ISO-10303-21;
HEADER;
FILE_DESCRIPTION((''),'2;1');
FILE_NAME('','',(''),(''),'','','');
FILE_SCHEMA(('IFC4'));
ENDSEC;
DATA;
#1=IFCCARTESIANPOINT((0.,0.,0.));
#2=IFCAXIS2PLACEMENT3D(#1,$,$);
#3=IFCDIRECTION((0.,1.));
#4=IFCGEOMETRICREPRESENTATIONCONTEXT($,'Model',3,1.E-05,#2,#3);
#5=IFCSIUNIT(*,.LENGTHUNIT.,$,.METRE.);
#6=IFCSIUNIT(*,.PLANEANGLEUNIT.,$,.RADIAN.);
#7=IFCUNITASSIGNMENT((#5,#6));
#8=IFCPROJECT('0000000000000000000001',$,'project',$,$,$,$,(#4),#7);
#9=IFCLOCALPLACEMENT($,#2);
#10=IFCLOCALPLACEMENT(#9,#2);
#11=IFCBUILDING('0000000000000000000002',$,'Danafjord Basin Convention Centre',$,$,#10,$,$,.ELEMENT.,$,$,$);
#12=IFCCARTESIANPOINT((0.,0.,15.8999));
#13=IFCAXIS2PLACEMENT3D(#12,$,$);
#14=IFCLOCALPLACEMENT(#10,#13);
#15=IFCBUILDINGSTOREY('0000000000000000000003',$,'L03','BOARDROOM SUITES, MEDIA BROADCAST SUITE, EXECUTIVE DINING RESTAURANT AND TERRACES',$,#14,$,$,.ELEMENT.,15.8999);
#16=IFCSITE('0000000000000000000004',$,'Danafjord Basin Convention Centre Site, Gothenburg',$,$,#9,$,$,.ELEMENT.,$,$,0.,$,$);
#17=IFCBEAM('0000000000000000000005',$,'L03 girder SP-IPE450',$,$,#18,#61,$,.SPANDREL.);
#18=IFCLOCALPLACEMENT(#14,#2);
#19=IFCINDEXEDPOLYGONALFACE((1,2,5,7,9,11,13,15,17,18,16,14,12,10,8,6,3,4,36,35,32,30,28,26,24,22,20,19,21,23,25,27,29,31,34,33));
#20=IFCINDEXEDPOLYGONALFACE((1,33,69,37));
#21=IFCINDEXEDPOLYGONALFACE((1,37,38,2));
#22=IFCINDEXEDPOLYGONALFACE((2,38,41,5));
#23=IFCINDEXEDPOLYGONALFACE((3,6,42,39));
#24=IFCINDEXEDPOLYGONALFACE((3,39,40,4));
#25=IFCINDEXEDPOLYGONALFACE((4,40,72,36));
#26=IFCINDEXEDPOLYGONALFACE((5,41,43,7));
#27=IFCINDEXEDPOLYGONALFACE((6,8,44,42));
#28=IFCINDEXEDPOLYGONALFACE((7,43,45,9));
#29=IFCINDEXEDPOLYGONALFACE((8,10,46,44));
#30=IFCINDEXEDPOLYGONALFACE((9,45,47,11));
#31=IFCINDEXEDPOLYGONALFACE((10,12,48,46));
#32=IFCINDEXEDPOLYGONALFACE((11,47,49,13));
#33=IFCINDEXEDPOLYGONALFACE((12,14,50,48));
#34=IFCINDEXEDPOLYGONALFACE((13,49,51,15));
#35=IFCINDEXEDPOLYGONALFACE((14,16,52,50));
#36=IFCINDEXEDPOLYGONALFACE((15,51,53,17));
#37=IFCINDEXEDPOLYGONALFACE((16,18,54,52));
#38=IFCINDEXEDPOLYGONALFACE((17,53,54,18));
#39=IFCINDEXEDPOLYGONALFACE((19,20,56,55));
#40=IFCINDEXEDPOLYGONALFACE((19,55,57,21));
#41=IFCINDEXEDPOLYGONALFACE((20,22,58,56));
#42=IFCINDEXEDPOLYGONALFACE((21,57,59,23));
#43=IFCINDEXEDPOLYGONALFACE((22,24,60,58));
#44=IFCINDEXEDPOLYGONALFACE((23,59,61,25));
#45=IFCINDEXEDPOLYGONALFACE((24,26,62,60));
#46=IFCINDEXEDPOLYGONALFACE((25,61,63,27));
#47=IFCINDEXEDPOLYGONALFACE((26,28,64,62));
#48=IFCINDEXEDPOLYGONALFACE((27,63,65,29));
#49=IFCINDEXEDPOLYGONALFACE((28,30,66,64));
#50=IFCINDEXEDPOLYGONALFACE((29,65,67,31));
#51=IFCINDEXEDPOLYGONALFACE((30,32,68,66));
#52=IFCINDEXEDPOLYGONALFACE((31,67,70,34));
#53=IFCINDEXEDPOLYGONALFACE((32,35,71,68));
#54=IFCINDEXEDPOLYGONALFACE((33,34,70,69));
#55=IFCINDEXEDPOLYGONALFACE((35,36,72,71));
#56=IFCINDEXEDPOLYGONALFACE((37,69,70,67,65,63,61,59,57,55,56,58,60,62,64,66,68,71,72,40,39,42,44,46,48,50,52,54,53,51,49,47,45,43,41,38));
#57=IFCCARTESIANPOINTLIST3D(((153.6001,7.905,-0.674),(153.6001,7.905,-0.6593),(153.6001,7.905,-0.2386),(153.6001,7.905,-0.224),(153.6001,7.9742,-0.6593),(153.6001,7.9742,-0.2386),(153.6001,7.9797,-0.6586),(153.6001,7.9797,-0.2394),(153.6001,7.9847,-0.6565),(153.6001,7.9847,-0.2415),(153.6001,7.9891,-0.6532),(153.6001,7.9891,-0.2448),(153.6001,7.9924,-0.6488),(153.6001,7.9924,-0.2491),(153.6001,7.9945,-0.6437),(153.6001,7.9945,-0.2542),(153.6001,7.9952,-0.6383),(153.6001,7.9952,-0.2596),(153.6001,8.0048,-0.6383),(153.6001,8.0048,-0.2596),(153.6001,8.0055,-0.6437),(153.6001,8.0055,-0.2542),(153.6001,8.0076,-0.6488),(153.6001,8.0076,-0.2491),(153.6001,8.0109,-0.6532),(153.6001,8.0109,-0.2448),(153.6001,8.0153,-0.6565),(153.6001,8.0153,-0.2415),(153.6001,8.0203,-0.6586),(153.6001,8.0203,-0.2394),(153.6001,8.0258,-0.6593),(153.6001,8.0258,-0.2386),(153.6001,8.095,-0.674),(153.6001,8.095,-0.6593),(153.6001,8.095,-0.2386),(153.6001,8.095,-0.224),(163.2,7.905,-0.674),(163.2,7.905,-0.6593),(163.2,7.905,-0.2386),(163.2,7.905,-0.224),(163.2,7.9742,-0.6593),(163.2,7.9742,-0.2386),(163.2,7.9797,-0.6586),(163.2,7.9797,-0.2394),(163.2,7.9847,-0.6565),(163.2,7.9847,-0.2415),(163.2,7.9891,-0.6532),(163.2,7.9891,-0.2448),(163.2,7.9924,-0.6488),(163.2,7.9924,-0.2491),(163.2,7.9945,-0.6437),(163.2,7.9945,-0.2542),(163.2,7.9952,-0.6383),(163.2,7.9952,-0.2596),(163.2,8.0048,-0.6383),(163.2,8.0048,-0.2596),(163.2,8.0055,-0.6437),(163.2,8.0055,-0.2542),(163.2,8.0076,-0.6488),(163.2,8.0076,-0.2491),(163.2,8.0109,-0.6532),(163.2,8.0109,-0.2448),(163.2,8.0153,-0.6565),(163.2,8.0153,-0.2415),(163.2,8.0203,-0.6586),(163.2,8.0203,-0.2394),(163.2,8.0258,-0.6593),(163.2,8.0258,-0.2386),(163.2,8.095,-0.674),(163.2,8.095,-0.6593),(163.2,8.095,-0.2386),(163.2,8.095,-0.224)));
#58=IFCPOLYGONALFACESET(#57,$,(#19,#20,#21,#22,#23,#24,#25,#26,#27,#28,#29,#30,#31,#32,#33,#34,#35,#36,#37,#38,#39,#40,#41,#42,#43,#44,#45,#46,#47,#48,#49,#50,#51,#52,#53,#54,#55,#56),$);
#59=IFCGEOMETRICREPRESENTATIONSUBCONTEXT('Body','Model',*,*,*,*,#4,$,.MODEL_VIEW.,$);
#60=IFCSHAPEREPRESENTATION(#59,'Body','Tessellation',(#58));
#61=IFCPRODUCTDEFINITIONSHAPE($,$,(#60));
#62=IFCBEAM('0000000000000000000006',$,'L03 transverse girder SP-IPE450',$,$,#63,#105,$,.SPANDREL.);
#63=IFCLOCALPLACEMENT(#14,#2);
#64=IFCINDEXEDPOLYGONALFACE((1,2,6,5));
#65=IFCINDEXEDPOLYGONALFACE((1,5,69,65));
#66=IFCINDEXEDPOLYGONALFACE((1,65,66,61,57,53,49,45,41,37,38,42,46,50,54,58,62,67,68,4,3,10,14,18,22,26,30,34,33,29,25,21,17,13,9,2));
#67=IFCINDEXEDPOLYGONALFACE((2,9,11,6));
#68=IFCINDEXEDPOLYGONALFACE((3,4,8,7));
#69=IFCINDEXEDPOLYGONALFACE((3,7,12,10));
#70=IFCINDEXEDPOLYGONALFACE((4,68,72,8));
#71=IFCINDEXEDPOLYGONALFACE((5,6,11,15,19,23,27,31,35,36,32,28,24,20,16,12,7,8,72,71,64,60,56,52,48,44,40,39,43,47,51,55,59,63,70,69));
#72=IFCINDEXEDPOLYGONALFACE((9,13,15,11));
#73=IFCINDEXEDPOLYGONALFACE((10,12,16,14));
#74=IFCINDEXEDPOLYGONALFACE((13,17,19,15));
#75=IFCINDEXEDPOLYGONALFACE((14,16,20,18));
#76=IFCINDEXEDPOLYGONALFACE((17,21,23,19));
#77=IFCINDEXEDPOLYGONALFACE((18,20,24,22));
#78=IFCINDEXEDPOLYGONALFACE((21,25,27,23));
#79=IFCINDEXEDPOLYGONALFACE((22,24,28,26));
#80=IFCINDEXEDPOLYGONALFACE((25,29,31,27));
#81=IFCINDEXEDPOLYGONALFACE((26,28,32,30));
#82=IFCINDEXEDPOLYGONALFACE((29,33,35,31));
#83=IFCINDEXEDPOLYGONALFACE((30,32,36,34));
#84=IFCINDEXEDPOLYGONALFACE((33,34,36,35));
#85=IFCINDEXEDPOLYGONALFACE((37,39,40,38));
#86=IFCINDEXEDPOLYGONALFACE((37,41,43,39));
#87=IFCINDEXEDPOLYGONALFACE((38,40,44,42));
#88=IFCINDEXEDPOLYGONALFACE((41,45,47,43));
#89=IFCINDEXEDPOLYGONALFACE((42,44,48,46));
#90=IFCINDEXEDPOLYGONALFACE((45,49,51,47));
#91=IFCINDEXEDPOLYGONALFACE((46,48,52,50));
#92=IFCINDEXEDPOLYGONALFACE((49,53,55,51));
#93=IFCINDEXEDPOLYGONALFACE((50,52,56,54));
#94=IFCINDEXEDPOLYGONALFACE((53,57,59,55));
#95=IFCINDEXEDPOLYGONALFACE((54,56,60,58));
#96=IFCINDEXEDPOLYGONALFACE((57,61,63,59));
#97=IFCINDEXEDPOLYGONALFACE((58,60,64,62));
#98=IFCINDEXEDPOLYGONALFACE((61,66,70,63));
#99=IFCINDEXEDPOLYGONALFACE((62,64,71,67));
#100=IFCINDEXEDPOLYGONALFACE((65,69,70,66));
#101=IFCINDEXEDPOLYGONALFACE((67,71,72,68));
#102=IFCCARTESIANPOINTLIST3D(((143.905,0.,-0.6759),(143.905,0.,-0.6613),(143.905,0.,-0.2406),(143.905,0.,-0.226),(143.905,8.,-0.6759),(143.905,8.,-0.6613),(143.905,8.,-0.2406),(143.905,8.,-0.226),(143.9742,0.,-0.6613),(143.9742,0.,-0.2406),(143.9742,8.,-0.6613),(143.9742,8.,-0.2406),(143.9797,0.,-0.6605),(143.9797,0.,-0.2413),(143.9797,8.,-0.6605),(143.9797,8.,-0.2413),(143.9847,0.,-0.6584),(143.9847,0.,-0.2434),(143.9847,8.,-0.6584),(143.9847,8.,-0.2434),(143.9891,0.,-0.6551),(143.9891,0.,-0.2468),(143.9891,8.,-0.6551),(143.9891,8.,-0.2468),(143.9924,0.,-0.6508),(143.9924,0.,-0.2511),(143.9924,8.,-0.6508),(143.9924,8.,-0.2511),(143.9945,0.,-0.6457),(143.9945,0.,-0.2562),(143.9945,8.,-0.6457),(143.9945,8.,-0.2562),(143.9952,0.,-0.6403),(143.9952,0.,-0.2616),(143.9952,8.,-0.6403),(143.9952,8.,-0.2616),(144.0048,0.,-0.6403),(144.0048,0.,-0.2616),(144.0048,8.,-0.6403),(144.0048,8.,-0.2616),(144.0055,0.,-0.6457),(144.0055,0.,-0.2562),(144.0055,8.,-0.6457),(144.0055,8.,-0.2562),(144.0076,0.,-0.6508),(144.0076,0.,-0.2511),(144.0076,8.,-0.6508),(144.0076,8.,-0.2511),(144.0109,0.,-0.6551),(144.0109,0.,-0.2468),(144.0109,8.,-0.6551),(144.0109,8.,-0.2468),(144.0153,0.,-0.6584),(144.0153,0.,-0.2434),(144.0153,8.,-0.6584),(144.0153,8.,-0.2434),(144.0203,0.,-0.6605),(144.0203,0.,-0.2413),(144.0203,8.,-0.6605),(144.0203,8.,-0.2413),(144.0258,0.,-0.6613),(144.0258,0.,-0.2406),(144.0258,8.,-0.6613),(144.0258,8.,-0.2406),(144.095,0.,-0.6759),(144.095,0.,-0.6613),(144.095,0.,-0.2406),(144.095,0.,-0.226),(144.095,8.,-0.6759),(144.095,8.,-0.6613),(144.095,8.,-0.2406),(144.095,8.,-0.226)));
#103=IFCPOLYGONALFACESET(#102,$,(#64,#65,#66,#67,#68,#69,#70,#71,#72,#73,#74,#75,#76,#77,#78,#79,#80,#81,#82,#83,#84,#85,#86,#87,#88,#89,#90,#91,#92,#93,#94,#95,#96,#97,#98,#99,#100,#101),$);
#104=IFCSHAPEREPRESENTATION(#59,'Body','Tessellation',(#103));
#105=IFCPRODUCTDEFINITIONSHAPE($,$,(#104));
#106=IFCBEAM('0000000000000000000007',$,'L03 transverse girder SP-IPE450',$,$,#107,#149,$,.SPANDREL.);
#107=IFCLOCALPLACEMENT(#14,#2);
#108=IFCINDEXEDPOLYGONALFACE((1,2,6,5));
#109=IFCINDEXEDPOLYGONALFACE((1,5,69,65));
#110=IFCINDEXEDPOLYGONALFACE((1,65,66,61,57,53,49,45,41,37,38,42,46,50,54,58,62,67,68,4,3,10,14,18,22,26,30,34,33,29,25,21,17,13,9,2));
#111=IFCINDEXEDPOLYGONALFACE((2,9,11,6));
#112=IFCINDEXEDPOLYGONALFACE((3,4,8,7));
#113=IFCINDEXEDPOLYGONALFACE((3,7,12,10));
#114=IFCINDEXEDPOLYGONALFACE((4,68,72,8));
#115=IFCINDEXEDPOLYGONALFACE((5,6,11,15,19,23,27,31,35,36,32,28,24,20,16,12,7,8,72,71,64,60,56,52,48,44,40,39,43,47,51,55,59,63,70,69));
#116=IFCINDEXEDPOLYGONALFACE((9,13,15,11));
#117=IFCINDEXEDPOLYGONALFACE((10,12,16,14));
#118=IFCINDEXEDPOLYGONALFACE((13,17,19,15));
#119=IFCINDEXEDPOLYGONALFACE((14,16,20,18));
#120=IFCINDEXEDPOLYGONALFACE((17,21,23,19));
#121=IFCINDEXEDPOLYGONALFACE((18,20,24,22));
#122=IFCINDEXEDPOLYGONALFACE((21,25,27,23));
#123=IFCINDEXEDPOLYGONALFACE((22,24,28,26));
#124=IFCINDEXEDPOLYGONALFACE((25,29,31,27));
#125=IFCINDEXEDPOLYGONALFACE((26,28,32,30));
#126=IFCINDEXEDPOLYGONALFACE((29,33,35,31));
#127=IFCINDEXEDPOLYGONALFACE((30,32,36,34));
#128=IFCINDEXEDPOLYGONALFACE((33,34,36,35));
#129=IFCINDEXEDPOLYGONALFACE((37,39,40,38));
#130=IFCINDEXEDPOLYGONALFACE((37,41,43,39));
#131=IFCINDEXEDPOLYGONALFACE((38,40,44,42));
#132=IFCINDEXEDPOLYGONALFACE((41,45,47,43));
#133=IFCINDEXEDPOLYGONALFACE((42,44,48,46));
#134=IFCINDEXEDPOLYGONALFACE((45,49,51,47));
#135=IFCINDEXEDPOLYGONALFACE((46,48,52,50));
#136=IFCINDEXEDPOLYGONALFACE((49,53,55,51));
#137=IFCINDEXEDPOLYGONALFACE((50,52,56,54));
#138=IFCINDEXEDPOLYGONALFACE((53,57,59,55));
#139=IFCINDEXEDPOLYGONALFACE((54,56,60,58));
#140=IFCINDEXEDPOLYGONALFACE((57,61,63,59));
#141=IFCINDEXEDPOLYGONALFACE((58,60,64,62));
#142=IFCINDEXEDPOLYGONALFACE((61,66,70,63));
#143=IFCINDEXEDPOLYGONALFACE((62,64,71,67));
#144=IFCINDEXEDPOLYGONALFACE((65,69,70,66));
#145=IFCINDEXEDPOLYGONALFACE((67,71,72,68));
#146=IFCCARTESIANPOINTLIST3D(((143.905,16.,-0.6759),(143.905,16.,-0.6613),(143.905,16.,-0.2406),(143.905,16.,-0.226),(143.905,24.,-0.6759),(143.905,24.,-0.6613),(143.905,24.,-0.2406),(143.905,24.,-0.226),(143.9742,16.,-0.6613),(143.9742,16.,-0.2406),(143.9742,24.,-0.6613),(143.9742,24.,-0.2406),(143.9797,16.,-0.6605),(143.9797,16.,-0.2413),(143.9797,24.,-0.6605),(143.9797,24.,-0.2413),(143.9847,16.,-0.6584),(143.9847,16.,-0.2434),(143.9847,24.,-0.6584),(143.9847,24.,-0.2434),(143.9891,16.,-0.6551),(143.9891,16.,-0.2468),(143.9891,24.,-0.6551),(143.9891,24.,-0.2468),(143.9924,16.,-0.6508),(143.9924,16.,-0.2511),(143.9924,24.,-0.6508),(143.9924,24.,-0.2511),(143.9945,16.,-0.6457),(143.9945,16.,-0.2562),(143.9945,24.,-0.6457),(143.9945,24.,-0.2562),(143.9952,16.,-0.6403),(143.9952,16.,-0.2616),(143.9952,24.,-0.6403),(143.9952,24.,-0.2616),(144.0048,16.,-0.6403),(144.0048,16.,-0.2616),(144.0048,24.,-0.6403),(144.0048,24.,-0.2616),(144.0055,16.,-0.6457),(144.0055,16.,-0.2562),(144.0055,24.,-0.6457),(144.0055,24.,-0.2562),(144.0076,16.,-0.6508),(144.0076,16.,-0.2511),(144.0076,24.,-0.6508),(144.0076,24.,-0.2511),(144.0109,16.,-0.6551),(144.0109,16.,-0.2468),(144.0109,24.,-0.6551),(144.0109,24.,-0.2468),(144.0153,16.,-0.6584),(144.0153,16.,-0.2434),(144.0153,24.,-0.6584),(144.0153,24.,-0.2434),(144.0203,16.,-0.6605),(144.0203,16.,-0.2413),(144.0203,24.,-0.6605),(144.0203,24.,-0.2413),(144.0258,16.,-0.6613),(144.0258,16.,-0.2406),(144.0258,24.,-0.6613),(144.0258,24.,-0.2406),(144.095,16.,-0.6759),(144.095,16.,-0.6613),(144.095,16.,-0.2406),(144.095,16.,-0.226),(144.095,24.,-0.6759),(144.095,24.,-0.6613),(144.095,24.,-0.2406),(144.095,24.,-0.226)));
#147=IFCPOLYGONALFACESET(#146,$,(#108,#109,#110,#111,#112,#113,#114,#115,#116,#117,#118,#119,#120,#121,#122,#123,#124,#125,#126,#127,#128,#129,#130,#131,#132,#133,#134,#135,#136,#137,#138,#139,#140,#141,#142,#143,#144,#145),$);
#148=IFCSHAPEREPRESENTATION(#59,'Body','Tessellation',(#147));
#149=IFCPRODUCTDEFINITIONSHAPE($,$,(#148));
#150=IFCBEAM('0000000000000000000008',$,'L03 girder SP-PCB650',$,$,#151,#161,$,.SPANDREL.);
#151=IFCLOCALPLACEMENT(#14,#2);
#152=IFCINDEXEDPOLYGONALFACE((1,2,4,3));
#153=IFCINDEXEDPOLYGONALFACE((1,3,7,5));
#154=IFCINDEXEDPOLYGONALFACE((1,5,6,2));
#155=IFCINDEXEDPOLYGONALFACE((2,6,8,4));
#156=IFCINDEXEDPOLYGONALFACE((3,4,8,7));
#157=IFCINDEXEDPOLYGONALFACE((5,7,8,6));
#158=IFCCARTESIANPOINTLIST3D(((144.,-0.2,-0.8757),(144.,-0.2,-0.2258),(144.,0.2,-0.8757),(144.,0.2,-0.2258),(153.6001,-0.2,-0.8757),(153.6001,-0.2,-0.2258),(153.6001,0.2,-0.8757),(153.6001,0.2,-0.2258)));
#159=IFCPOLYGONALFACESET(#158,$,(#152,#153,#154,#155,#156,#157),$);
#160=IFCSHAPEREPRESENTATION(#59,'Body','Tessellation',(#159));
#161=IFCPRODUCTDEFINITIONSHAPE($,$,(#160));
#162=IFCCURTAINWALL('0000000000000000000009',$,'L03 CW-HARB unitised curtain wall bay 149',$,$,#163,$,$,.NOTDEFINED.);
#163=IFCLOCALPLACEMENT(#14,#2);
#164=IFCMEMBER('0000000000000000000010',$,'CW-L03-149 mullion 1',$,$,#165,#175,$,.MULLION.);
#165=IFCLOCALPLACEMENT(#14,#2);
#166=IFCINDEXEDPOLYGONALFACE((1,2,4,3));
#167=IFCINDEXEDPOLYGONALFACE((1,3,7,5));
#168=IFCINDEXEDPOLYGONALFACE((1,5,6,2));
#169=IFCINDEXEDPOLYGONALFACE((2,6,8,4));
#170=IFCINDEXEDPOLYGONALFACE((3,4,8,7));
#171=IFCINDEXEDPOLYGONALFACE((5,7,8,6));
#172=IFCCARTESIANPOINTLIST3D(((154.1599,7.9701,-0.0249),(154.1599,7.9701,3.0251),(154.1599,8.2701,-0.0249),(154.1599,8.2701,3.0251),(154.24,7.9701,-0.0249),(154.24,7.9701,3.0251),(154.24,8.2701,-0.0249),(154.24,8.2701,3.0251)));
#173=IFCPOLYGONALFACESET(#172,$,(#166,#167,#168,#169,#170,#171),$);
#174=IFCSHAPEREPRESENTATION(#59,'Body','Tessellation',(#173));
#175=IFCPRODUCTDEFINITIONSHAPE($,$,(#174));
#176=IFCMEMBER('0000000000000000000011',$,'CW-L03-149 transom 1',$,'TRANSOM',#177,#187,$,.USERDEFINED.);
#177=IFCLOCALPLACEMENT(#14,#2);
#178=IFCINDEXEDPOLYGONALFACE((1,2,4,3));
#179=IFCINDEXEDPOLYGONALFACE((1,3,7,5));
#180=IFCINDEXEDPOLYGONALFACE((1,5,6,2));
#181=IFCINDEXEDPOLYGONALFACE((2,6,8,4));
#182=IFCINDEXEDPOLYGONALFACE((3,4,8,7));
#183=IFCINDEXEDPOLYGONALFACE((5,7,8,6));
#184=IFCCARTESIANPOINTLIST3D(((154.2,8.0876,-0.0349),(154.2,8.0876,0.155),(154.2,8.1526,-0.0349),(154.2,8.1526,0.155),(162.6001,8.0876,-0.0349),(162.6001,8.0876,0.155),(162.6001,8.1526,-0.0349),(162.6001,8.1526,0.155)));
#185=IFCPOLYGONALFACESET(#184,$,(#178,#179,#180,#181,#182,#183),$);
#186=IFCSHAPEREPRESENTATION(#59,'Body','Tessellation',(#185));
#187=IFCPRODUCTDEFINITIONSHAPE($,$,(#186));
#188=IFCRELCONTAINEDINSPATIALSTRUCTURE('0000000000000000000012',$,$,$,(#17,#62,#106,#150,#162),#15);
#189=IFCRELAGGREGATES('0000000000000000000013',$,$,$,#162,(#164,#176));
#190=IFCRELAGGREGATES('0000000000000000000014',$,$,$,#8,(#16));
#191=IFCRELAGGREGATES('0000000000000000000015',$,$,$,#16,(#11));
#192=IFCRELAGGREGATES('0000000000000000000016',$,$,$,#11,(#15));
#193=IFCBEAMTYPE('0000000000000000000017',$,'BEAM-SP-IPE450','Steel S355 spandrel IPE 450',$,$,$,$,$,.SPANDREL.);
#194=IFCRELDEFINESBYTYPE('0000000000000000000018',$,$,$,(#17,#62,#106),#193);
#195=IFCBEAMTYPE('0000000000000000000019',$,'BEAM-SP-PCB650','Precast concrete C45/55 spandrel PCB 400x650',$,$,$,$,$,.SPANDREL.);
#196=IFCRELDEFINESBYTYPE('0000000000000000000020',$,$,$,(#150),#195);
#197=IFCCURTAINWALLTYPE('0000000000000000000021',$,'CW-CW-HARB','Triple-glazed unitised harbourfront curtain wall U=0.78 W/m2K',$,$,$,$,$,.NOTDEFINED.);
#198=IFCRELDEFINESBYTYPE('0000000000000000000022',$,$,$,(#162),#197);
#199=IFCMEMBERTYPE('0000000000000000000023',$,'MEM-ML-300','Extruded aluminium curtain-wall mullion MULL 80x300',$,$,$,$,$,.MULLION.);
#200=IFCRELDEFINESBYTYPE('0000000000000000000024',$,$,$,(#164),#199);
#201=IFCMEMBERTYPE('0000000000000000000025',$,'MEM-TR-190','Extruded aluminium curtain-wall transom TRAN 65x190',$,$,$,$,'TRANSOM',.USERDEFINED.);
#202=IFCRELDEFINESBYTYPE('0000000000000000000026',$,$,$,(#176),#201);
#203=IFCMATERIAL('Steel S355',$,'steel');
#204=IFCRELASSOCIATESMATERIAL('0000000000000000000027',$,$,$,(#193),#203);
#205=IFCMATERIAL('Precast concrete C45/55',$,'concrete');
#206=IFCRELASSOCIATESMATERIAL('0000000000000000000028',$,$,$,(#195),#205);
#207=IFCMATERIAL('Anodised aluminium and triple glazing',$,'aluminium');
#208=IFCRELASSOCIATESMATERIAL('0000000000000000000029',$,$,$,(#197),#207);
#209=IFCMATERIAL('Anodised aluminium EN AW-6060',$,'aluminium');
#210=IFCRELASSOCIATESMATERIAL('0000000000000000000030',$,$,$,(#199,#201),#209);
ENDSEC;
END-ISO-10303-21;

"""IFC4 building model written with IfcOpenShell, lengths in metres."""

from ifc_helpers import new_model, si_unit, direction, frame, origin, origin_2d, place, context, subcontext, project, spatial, rectangle, i_section, extrude, material, material_profile, profile_set, type_object, element, aggregate, save


model = new_model("IFC4")

# Units and contexts
model_context = context("Model", 3, precision=1e-05, world=origin(), true_north=direction((0.0, 1.0)))
body_context = subcontext(model_context, "Body", "Model", "MODEL_VIEW")
ifc_project = project(units=[si_unit("LENGTHUNIT", "METRE"), si_unit("PLANEANGLEUNIT", "RADIAN")], contexts=[model_context])

# Site, building, storey
site_placement = place(None, origin())
site = spatial("IfcSite", under=ifc_project, at=site_placement, Name="Danafjord Basin Convention Centre Site, Gothenburg", CompositionType="ELEMENT", RefElevation=0.0)
building_placement = place(site_placement, origin())
building = spatial("IfcBuilding", under=site, at=building_placement, Name="Danafjord Basin Convention Centre", CompositionType="ELEMENT")
storey_placement = place(building_placement, frame((0.0, 0.0, 15.8999)))
storey = spatial("IfcBuildingStorey", under=building, at=storey_placement, Name="L03", Description="BOARDROOM SUITES, MEDIA BROADCAST SUITE, EXECUTIVE DINING RESTAURANT AND TERRACES", CompositionType="ELEMENT", Elevation=15.8999)

# Shared definitions
ifc_material_1 = material(Name="Steel S355", Category="steel")

# Beams
ifc_material_profile_1 = material_profile(ifc_material_1, i_section(OverallWidth=0.1899, OverallDepth=0.45, WebThickness=0.0095, FlangeThickness=0.0146, FilletRadius=0.021, at=origin_2d()), Name="IPE 450")
ifc_profile_set_1 = profile_set([ifc_material_profile_1], Name="Steel S355")
beam_type_1 = type_object("IfcBeamType", Name="BEAM-SP-IPE450", Description="Steel S355 spandrel IPE 450", PredefinedType="SPANDREL", material=ifc_profile_set_1)
beam_1_placement = place(storey_placement, frame((153.6001, 8.0, -0.449), z_axis=(1.0, 0.0, 0.0), x_axis=(0.0, 1.0, 0.0)))
element("IfcBeam", 1, at=beam_1_placement, inside=storey, type_object=beam_type_1, Name="L03 girder SP-IPE450", PredefinedType="SPANDREL", context=body_context, shape_type="SweptSolid", body=[
    extrude(i_section(OverallWidth=0.1899, OverallDepth=0.45, WebThickness=0.0095, FlangeThickness=0.0146, FilletRadius=0.021, at=origin_2d()), origin(), (0.0, 0.0, 1.0), 9.5999),
])
for number, where, z_axis, x_axis, name in (
    (2, (144.0, 0.0, -0.4509), (0.0, 1.0, 0.0), (-1.0, 0.0, 0.0), "L03 transverse girder SP-IPE450"),
    (3, (144.0, 16.0, -0.4509), (0.0, 1.0, 0.0), (-1.0, 0.0, 0.0), "L03 transverse girder SP-IPE450"),
):
    element("IfcBeam", number, at=place(storey_placement, frame(where, z_axis=z_axis, x_axis=x_axis)), inside=storey, type_object=beam_type_1, Name=name, PredefinedType="SPANDREL", context=body_context, shape_type="SweptSolid", body=[
        extrude(i_section(OverallWidth=0.1899, OverallDepth=0.45, WebThickness=0.0095, FlangeThickness=0.0146, FilletRadius=0.021, at=origin_2d()), origin(), (0.0, 0.0, 1.0), 8.0),
    ])
ifc_material_2 = material(Name="Precast concrete C45/55", Category="concrete")
ifc_material_profile_2 = material_profile(ifc_material_2, rectangle(XDim=0.3999, YDim=0.6499, at=origin_2d()), Name="PCB 400x650")
ifc_profile_set_2 = profile_set([ifc_material_profile_2], Name="Precast concrete C45/55")
beam_type_2 = type_object("IfcBeamType", Name="BEAM-SP-PCB650", Description="Precast concrete C45/55 spandrel PCB 400x650", PredefinedType="SPANDREL", material=ifc_profile_set_2)
beam_2_placement = place(storey_placement, frame((144.0, 0.0, -0.5508), z_axis=(1.0, 0.0, 0.0), x_axis=(0.0, 1.0, 0.0)))
element("IfcBeam", 4, at=beam_2_placement, inside=storey, type_object=beam_type_2, Name="L03 girder SP-PCB650", PredefinedType="SPANDREL", context=body_context, shape_type="SweptSolid", body=[
    extrude(rectangle(XDim=0.3999, YDim=0.6499, at=origin_2d()), origin(), (0.0, 0.0, 1.0), 9.6001),
])

# Curtain wall, members
ifc_material_3 = material(Name="Anodised aluminium and triple glazing", Category="aluminium")
curtain_wall_type = type_object("IfcCurtainWallType", Name="CW-CW-HARB", Description="Triple-glazed unitised harbourfront curtain wall U=0.78 W/m2K", PredefinedType="NOTDEFINED", material=ifc_material_3)
curtain_wall_placement = place(storey_placement, origin())
curtain_wall = element("IfcCurtainWall", 5, at=curtain_wall_placement, inside=storey, type_object=curtain_wall_type, Name="L03 CW-HARB unitised curtain wall bay 149", PredefinedType="NOTDEFINED")
ifc_material_4 = material(Name="Anodised aluminium EN AW-6060", Category="aluminium")
ifc_material_profile_3 = material_profile(ifc_material_4, rectangle(XDim=0.0801, YDim=0.3, at=origin_2d()), Name="MULL 80x300")
ifc_profile_set_3 = profile_set([ifc_material_profile_3], Name="Anodised aluminium EN AW-6060")
member_type_1 = type_object("IfcMemberType", Name="MEM-ML-300", Description="Extruded aluminium curtain-wall mullion MULL 80x300", PredefinedType="MULLION", material=ifc_profile_set_3)
member_1_placement = place(storey_placement, frame((154.2, 8.1201, -0.0249), z_axis=(0.0, 0.0, 1.0), x_axis=(1.0, 0.0, 0.0)))
member_1 = element("IfcMember", 6, at=member_1_placement, type_object=member_type_1, Name="CW-L03-149 mullion 1", PredefinedType="MULLION", context=body_context, shape_type="SweptSolid", body=[
    extrude(rectangle(XDim=0.0801, YDim=0.3, at=origin_2d()), origin(), (0.0, 0.0, 1.0), 3.05),
])
ifc_material_profile_4 = material_profile(ifc_material_4, rectangle(XDim=0.0649, YDim=0.1899, at=origin_2d()), Name="TRAN 65x190")
ifc_profile_set_4 = profile_set([ifc_material_profile_4], Name="Anodised aluminium EN AW-6060")
member_type_2 = type_object("IfcMemberType", Name="MEM-TR-190", Description="Extruded aluminium curtain-wall transom TRAN 65x190", ElementType="TRANSOM", PredefinedType="USERDEFINED", material=ifc_profile_set_4)
member_2_placement = place(storey_placement, frame((154.2, 8.1201, 0.0601), z_axis=(1.0, 0.0, 0.0), x_axis=(0.0, 1.0, 0.0)))
member_2 = element("IfcMember", 7, at=member_2_placement, type_object=member_type_2, Name="CW-L03-149 transom 1", ObjectType="TRANSOM", PredefinedType="USERDEFINED", context=body_context, shape_type="SweptSolid", body=[
    extrude(rectangle(XDim=0.0649, YDim=0.1899, at=origin_2d()), origin(), (0.0, 0.0, 1.0), 8.4001),
])
aggregate(curtain_wall, [member_1, member_2])

save(model, "model.ifc")
